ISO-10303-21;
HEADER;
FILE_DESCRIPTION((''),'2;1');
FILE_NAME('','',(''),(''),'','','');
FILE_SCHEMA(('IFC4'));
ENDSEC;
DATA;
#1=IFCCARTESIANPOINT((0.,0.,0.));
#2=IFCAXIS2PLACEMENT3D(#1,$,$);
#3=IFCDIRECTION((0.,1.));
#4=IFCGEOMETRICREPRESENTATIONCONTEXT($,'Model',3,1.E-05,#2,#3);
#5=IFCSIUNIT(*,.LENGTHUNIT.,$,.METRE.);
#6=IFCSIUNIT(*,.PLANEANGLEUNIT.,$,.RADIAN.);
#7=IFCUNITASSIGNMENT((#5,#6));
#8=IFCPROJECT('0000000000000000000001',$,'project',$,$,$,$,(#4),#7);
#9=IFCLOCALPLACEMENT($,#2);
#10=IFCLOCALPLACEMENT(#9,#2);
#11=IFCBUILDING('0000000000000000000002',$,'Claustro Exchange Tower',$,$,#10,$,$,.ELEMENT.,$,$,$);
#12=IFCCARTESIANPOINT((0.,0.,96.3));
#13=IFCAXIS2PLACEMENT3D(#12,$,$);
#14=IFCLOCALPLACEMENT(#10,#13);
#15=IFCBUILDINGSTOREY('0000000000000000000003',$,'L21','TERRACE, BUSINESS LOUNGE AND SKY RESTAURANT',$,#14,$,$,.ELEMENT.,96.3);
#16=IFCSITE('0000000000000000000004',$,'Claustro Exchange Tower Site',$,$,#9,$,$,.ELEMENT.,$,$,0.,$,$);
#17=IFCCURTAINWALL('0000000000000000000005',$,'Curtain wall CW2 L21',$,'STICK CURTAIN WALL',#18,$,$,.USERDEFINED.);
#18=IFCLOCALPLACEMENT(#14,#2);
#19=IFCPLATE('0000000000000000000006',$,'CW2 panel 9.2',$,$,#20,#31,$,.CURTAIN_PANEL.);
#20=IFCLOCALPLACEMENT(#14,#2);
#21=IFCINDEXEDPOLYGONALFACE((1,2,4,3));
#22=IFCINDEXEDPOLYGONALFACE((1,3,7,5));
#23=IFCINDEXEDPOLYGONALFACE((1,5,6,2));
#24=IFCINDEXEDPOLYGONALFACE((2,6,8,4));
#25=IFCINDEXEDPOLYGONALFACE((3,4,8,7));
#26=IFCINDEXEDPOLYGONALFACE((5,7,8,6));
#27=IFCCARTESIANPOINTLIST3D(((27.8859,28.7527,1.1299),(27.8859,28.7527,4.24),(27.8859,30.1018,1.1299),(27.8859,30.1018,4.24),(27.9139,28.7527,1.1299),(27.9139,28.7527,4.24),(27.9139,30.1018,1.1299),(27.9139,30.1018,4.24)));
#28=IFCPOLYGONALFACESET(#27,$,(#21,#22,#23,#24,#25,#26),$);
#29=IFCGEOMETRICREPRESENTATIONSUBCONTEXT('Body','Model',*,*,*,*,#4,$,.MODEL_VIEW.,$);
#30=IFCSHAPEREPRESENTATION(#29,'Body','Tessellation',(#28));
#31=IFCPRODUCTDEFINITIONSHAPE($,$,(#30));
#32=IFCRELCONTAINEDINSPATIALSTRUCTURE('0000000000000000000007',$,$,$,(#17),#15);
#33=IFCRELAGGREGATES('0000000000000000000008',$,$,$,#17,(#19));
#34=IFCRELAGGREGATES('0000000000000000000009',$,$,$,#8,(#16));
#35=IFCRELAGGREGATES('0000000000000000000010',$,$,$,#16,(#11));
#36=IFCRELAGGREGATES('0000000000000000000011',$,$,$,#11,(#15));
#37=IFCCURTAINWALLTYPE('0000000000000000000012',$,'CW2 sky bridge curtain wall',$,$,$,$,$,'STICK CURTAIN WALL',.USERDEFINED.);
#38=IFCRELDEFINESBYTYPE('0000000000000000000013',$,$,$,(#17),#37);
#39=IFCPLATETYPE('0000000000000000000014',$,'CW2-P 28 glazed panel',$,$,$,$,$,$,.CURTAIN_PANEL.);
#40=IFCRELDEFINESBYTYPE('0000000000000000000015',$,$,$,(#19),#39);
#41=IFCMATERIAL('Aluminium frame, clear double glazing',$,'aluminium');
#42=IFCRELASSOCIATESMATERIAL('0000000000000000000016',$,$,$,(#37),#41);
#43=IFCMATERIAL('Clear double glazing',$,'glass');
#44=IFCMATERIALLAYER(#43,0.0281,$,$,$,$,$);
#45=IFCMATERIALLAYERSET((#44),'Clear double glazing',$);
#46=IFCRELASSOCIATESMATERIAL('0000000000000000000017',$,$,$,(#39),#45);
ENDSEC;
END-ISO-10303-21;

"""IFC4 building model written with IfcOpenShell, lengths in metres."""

from ifc_helpers import new_model, si_unit, direction, frame, origin, origin_2d, place, context, subcontext, project, spatial, rectangle, extrude, material, layer, layer_set, type_object, element, aggregate, save


model = new_model("IFC4")

# Units and contexts
model_context = context("Model", 3, precision=1e-05, world=origin(), true_north=direction((0.0, 1.0)))
body_context = subcontext(model_context, "Body", "Model", "MODEL_VIEW")
ifc_project = project(units=[si_unit("LENGTHUNIT", "METRE"), si_unit("PLANEANGLEUNIT", "RADIAN")], contexts=[model_context])

# Site, building, storey
site_placement = place(None, origin())
site = spatial("IfcSite", under=ifc_project, at=site_placement, Name="Claustro Exchange Tower Site", CompositionType="ELEMENT", RefElevation=0.0)
building_placement = place(site_placement, origin())
building = spatial("IfcBuilding", under=site, at=building_placement, Name="Claustro Exchange Tower", CompositionType="ELEMENT")
storey_placement = place(building_placement, frame((0.0, 0.0, 96.3)))
storey = spatial("IfcBuildingStorey", under=building, at=storey_placement, Name="L21", Description="TERRACE, BUSINESS LOUNGE AND SKY RESTAURANT", CompositionType="ELEMENT", Elevation=96.3)

# Curtain wall
ifc_material_1 = material(Name="Aluminium frame, clear double glazing", Category="aluminium")
curtain_wall_type = type_object("IfcCurtainWallType", Name="CW2 sky bridge curtain wall", ElementType="STICK CURTAIN WALL", PredefinedType="USERDEFINED", material=ifc_material_1)
curtain_wall_1_placement = place(storey_placement, origin())
curtain_wall_1 = element("IfcCurtainWall", 1, at=curtain_wall_1_placement, inside=storey, type_object=curtain_wall_type, Name="Curtain wall CW2 L21", ObjectType="STICK CURTAIN WALL", PredefinedType="USERDEFINED")

# Plate
ifc_material_2 = material(Name="Clear double glazing", Category="glass")
ifc_layer = layer(ifc_material_2, 0.0281)
ifc_layer_set = layer_set([ifc_layer], Name="Clear double glazing")
plate_type = type_object("IfcPlateType", Name="CW2-P 28 glazed panel", PredefinedType="CURTAIN_PANEL", material=ifc_layer_set)
plate_1_placement = place(storey_placement, frame((27.8999, 29.4272, 1.1299), z_axis=(0.0, 0.0, 1.0), x_axis=(0.0, 1.0, 0.0)))
plate_1 = element("IfcPlate", 2, at=plate_1_placement, type_object=plate_type, Name="CW2 panel 9.2", PredefinedType="CURTAIN_PANEL", context=body_context, shape_type="SweptSolid", body=[
    extrude(rectangle(XDim=1.3491, YDim=0.0281, at=origin_2d()), origin(), (0.0, 0.0, 1.0), 3.1101),
])
aggregate(curtain_wall_1, [plate_1])

save(model, "model.ifc")
